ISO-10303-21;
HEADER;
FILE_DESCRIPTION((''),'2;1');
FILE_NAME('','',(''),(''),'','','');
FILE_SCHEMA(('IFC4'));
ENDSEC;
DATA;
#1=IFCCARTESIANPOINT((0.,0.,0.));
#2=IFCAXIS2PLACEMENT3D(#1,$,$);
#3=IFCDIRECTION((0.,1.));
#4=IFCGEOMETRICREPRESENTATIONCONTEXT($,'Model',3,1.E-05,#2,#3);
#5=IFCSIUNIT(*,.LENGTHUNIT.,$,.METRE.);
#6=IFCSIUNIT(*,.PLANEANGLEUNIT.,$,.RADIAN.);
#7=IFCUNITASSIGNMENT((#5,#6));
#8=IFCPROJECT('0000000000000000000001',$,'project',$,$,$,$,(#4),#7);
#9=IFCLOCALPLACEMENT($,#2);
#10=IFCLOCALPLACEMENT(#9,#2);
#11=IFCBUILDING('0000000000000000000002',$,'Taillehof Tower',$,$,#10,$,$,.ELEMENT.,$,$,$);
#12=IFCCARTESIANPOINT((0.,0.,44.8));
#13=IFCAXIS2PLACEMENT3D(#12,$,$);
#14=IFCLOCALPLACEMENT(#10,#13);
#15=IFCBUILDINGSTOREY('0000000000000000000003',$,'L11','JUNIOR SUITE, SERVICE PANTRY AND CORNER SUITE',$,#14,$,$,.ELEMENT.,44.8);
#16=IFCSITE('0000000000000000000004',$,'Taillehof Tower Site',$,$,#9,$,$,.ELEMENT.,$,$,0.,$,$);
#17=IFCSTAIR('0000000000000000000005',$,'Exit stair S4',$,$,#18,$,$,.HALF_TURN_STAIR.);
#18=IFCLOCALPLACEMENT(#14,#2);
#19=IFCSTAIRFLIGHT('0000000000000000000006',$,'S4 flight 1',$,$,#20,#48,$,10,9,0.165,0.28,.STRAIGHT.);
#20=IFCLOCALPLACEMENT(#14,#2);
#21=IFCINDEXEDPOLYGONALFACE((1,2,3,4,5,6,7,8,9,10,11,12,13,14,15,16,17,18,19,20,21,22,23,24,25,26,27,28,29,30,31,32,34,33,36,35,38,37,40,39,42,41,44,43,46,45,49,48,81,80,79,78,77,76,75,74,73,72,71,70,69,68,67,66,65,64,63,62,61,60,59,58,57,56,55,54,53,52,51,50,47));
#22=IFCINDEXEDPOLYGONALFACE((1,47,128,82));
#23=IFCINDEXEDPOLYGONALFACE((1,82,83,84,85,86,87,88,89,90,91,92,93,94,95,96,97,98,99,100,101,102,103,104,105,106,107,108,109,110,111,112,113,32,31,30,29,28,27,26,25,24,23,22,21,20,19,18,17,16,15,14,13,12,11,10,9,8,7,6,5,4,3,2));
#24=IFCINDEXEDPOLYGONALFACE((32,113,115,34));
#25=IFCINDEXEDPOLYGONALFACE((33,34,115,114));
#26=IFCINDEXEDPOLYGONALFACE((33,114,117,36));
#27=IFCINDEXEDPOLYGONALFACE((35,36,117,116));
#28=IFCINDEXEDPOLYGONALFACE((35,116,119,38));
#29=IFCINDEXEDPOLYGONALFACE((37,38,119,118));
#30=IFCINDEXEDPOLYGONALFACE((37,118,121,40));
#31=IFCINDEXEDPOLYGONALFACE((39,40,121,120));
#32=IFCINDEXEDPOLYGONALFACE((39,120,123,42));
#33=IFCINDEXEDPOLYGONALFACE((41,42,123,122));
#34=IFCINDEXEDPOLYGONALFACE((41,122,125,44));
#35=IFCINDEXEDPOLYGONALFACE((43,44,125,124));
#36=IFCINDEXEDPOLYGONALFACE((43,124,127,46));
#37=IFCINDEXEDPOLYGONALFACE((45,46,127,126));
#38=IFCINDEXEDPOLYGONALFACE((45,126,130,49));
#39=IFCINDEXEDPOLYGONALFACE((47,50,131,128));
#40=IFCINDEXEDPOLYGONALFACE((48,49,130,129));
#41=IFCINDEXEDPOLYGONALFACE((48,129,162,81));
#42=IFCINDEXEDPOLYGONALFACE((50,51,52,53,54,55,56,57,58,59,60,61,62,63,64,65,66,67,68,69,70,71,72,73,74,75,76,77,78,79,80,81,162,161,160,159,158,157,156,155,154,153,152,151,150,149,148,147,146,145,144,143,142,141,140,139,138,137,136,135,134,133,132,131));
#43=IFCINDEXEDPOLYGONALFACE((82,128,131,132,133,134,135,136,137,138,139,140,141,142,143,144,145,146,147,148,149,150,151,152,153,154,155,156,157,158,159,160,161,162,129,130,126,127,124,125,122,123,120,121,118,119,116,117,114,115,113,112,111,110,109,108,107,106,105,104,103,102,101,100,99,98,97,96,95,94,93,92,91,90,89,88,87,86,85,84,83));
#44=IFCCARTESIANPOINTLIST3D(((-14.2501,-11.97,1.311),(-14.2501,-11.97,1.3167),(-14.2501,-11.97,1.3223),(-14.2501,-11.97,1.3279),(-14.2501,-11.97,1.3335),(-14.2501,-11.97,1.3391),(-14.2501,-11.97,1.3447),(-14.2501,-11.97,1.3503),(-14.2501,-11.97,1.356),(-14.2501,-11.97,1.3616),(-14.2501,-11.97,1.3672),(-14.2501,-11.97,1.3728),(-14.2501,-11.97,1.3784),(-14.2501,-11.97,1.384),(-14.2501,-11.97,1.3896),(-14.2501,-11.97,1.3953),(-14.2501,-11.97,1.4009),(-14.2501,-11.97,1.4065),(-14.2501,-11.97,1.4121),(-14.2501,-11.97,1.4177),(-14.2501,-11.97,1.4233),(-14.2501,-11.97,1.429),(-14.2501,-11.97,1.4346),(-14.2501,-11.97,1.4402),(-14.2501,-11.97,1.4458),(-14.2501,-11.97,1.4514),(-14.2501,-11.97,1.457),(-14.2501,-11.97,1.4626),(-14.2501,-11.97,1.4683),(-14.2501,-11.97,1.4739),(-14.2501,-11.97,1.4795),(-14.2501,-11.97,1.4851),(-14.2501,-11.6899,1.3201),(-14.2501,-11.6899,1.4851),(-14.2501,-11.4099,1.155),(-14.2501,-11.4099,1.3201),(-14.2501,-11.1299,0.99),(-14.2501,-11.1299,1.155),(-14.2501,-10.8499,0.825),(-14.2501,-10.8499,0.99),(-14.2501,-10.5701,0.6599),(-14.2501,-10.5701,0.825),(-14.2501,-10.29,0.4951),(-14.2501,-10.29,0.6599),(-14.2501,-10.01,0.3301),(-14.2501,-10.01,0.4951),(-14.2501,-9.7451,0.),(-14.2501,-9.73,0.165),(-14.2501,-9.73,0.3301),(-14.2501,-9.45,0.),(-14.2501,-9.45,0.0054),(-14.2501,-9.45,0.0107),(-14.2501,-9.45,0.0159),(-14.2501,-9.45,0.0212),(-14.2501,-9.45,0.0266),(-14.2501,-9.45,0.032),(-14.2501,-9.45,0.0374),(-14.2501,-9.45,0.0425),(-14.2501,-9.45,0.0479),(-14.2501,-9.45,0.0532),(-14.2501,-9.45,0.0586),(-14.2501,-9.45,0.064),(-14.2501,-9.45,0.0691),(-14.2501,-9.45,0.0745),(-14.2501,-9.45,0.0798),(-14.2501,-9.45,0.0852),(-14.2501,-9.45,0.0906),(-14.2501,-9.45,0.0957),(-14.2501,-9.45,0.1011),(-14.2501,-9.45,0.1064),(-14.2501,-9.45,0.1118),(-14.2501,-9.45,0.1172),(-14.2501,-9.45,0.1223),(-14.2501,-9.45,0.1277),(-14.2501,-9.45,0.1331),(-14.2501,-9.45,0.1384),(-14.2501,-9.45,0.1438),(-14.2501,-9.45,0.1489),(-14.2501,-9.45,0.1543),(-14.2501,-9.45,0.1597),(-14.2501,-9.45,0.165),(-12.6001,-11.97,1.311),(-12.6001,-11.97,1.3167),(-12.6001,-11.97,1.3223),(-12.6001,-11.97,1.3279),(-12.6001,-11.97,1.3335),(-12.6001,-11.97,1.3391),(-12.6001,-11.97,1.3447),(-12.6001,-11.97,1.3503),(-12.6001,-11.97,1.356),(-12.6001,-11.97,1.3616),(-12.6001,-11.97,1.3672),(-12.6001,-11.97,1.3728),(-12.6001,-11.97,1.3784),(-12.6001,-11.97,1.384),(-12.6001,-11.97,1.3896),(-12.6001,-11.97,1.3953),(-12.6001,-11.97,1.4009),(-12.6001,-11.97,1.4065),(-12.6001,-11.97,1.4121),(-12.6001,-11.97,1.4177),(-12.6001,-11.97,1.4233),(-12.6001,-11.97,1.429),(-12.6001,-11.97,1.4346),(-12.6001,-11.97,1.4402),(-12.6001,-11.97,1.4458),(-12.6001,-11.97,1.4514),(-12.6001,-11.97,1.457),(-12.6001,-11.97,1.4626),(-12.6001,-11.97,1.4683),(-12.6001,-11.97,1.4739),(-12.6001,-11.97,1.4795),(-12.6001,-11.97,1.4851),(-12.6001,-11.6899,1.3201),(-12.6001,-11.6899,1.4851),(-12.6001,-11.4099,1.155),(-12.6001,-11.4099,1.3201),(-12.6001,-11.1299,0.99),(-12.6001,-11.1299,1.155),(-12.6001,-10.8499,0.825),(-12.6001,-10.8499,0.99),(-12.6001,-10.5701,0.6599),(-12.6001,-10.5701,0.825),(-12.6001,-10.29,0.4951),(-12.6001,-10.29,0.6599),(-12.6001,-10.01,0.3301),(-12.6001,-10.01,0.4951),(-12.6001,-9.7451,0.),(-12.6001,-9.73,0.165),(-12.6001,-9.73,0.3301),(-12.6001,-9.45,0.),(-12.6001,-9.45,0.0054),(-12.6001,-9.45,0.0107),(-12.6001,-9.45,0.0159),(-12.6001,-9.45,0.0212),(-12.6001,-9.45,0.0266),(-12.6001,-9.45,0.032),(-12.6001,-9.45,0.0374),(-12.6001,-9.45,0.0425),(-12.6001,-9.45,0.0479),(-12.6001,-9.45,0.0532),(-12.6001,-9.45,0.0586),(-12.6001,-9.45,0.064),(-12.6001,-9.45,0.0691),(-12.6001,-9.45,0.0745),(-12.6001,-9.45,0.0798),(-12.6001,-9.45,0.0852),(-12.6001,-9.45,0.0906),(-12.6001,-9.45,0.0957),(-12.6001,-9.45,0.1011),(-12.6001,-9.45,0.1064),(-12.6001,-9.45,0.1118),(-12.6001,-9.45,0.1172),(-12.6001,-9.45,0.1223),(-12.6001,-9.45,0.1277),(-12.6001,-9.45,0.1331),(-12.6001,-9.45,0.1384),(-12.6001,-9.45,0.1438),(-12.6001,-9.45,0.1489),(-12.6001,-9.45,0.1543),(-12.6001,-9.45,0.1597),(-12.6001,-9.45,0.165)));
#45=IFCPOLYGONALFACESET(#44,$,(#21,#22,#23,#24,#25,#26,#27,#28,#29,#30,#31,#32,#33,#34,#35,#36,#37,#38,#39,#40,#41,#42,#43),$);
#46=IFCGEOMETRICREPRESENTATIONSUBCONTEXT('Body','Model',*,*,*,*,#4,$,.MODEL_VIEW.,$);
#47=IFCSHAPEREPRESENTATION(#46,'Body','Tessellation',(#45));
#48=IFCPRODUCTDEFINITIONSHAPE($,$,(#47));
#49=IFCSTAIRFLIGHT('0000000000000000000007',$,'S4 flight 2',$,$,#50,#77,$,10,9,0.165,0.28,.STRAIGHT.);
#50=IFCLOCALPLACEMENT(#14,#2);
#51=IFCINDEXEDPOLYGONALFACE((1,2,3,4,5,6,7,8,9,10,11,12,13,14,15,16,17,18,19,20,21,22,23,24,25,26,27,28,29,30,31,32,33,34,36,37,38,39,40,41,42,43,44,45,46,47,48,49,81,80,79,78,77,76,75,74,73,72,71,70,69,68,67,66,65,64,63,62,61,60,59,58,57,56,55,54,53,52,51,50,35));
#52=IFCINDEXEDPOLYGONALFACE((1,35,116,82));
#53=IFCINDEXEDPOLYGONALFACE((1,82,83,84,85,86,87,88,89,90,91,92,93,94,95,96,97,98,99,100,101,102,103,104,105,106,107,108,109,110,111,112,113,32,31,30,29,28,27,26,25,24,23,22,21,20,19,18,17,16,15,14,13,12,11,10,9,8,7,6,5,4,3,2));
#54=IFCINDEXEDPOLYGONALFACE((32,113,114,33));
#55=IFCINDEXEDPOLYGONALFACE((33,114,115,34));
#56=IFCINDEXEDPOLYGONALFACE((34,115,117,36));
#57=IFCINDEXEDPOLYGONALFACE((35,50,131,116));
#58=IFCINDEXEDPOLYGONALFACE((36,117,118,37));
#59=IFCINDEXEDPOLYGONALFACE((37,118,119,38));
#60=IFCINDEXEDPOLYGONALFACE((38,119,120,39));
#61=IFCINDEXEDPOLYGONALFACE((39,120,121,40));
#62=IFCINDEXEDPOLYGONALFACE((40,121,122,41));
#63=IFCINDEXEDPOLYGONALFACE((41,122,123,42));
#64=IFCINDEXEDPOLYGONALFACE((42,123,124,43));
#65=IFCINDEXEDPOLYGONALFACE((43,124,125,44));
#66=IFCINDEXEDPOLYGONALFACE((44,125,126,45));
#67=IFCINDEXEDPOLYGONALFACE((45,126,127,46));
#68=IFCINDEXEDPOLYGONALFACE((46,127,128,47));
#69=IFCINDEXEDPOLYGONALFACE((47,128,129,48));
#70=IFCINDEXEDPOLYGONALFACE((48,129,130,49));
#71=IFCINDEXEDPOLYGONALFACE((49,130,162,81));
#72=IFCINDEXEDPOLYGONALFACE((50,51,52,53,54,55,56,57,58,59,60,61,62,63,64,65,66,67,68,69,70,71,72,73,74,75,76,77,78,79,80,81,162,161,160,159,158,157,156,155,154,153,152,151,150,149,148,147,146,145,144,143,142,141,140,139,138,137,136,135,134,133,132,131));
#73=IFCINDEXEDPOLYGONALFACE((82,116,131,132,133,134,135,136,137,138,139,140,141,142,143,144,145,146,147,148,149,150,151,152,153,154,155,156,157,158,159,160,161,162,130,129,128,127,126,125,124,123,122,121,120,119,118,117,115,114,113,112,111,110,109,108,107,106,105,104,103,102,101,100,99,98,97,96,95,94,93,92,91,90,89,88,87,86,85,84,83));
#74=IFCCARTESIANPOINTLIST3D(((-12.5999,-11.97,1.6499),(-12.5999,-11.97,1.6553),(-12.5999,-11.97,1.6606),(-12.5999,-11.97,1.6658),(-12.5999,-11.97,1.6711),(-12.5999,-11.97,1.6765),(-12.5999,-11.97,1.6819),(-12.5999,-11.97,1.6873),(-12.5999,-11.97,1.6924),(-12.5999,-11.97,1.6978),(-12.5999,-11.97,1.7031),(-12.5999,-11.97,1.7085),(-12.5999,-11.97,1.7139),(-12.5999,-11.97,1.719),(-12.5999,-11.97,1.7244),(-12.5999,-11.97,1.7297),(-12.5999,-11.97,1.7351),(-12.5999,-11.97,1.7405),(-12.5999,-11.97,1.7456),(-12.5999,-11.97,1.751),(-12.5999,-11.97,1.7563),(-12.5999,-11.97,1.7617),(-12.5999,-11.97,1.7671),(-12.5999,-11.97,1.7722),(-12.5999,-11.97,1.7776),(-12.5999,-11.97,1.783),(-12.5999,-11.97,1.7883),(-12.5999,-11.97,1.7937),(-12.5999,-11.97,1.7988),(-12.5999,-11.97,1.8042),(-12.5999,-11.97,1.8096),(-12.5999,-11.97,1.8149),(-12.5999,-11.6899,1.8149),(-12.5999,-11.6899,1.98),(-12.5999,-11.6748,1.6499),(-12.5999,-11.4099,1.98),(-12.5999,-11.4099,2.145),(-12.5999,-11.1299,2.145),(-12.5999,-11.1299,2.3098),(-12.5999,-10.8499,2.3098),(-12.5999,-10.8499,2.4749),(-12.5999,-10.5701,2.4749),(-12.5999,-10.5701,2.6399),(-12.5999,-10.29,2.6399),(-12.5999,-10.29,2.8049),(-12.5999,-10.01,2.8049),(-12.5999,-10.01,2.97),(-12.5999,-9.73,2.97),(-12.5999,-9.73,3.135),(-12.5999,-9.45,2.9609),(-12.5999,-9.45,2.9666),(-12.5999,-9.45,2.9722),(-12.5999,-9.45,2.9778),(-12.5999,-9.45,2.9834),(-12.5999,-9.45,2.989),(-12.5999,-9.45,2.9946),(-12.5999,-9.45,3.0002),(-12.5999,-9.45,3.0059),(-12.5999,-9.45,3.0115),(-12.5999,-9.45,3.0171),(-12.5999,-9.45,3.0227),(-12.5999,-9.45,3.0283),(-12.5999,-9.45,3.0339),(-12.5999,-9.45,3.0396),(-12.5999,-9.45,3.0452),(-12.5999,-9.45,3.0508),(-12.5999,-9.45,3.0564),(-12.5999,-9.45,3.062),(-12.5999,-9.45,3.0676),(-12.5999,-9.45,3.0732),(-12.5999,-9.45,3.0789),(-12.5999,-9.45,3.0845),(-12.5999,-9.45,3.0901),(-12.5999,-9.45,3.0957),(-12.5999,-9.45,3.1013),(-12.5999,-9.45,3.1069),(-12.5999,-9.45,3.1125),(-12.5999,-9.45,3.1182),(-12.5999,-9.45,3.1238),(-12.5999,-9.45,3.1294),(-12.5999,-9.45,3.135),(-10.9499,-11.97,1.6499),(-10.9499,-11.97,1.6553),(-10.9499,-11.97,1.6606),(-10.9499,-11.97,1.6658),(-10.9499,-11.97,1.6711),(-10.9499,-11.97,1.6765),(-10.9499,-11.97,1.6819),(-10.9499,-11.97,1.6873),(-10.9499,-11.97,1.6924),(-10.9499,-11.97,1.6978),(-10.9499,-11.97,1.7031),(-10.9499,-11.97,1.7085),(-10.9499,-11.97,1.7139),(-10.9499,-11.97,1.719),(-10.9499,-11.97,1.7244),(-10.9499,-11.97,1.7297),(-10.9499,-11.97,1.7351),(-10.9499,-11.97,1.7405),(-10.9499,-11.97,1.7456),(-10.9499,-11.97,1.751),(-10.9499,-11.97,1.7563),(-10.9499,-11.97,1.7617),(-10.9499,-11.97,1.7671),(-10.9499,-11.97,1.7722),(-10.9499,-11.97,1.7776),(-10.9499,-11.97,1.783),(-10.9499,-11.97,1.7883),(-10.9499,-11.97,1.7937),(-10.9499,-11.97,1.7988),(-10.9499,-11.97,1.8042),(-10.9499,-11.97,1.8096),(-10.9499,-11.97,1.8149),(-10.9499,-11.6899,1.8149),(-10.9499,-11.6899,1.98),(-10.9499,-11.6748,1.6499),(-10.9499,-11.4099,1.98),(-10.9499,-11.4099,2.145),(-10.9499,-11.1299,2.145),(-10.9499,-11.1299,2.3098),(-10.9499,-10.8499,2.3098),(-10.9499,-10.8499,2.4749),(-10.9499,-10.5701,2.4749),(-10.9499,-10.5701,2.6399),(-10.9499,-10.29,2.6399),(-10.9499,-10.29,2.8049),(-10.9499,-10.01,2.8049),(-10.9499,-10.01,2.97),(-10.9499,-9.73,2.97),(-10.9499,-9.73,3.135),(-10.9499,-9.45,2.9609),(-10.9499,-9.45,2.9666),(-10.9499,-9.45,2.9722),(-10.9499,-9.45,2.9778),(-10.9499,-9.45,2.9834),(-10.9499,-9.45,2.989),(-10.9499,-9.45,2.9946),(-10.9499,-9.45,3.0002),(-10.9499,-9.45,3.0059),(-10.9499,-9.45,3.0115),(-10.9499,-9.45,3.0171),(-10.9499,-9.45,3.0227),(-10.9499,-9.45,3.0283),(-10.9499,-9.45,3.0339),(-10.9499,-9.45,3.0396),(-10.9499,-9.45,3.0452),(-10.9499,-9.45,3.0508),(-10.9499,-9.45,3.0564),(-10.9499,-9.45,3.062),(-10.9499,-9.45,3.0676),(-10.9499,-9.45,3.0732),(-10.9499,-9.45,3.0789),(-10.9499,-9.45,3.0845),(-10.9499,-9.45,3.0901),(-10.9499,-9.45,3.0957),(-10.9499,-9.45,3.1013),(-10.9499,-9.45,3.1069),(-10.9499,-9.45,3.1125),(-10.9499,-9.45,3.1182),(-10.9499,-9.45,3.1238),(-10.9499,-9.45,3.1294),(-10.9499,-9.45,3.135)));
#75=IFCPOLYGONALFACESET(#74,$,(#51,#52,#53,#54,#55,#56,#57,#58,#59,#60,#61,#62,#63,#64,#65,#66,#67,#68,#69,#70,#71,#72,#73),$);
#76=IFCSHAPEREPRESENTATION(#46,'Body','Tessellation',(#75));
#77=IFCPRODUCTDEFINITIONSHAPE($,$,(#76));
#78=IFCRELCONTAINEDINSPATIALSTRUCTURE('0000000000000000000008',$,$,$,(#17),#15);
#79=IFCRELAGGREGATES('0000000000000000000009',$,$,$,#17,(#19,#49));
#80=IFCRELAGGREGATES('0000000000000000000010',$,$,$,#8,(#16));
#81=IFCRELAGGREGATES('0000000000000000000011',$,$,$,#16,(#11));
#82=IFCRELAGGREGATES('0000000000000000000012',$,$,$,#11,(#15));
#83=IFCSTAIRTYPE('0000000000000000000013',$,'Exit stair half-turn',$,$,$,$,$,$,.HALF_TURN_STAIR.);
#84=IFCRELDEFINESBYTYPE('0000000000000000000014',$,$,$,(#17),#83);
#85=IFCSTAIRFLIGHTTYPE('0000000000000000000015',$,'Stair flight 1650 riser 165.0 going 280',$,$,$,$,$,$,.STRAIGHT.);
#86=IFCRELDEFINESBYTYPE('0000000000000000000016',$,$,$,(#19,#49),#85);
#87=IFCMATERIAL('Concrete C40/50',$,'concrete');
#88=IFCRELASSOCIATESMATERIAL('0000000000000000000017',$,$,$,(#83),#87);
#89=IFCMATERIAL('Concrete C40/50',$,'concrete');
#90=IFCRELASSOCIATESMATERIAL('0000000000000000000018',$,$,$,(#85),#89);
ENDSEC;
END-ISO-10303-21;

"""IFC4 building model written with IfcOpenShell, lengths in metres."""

from ifc_helpers import new_model, si_unit, direction, frame, origin, place, context, subcontext, project, spatial, polyline, outline, extrude, material, type_object, element, aggregate, save


model = new_model("IFC4")

# Units and contexts
model_context = context("Model", 3, precision=1e-05, world=origin(), true_north=direction((0.0, 1.0)))
body_context = subcontext(model_context, "Body", "Model", "MODEL_VIEW")
ifc_project = project(units=[si_unit("LENGTHUNIT", "METRE"), si_unit("PLANEANGLEUNIT", "RADIAN")], contexts=[model_context])

# Site, building, storey
site_placement = place(None, origin())
site = spatial("IfcSite", under=ifc_project, at=site_placement, Name="Taillehof Tower Site", CompositionType="ELEMENT", RefElevation=0.0)
building_placement = place(site_placement, origin())
building = spatial("IfcBuilding", under=site, at=building_placement, Name="Taillehof Tower", CompositionType="ELEMENT")
storey_placement = place(building_placement, frame((0.0, 0.0, 44.8)))
storey = spatial("IfcBuildingStorey", under=building, at=storey_placement, Name="L11", Description="JUNIOR SUITE, SERVICE PANTRY AND CORNER SUITE", CompositionType="ELEMENT", Elevation=44.8)

# Stair, stair flights
ifc_material_1 = material(Name="Concrete C40/50", Category="concrete")
stair_type = type_object("IfcStairType", Name="Exit stair half-turn", PredefinedType="HALF_TURN_STAIR", material=ifc_material_1)
stair_placement = place(storey_placement, origin())
stair = element("IfcStair", 1, at=stair_placement, inside=storey, type_object=stair_type, Name="Exit stair S4", PredefinedType="HALF_TURN_STAIR")
ifc_material_2 = material(Name="Concrete C40/50", Category="concrete")
stair_flight_type = type_object("IfcStairFlightType", Name="Stair flight 1650 riser 165.0 going 280", PredefinedType="STRAIGHT", material=ifc_material_2)
stair_flight_1_placement = place(storey_placement, frame((-13.425, -9.45, 0.0), z_axis=(0.0, 0.0, 1.0), x_axis=(0.0, -1.0, 0.0)))
stair_flight_1 = element("IfcStairFlight", 2, at=stair_flight_1_placement, type_object=stair_flight_type, Name="S4 flight 1", NumberOfRisers=10, NumberOfTreads=9, PredefinedType="STRAIGHT", RiserHeight=0.165, TreadLength=0.28, context=body_context, shape_type="SweptSolid", body=[
    extrude(outline(polyline([(0.0, 0.0), (0.0, 0.0054), (0.0, 0.0107), (0.0, 0.0159), (0.0, 0.0212), (0.0, 0.0266), (0.0, 0.032), (0.0, 0.0374), (0.0, 0.0425), (0.0, 0.0479), (0.0, 0.0532), (0.0, 0.0586), (0.0, 0.064), (0.0, 0.0691), (0.0, 0.0745), (0.0, 0.0798), (0.0, 0.0852), (0.0, 0.0906), (0.0, 0.0957), (0.0, 0.1011), (0.0, 0.1064), (0.0, 0.1118), (0.0, 0.1172), (0.0, 0.1223), (0.0, 0.1277), (0.0, 0.1331), (0.0, 0.1384), (0.0, 0.1438), (0.0, 0.1489), (0.0, 0.1543), (0.0, 0.1597), (0.0, 0.165), (0.28, 0.165), (0.28, 0.3301), (0.5601, 0.3301), (0.5601, 0.4951), (0.8401, 0.4951), (0.8401, 0.6599), (1.1201, 0.6599), (1.1201, 0.825), (1.3999, 0.825), (1.3999, 0.99), (1.6799, 0.99), (1.6799, 1.155), (1.96, 1.155), (1.96, 1.3201), (2.24, 1.3201), (2.24, 1.4851), (2.52, 1.4851), (2.52, 1.4795), (2.52, 1.4739), (2.52, 1.4683), (2.52, 1.4626), (2.52, 1.457), (2.52, 1.4514), (2.52, 1.4458), (2.52, 1.4402), (2.52, 1.4346), (2.52, 1.429), (2.52, 1.4233), (2.52, 1.4177), (2.52, 1.4121), (2.52, 1.4065), (2.52, 1.4009), (2.52, 1.3953), (2.52, 1.3896), (2.52, 1.384), (2.52, 1.3784), (2.52, 1.3728), (2.52, 1.3672), (2.52, 1.3616), (2.52, 1.356), (2.52, 1.3503), (2.52, 1.3447), (2.52, 1.3391), (2.52, 1.3335), (2.52, 1.3279), (2.52, 1.3223), (2.52, 1.3167), (2.52, 1.311), (0.2952, 0.0), (0.0, 0.0)])), frame((0.0, 0.825, 0.0), z_axis=(0.0, -1.0, 0.0), x_axis=(1.0, 0.0, 0.0)), (0.0, 0.0, 1.0), 1.65),
])
stair_flight_2_placement = place(storey_placement, frame((-11.7749, -11.97, 1.6499), z_axis=(0.0, 0.0, 1.0), x_axis=(0.0, 1.0, 0.0)))
stair_flight_2 = element("IfcStairFlight", 3, at=stair_flight_2_placement, type_object=stair_flight_type, Name="S4 flight 2", NumberOfRisers=10, NumberOfTreads=9, PredefinedType="STRAIGHT", RiserHeight=0.165, TreadLength=0.28, context=body_context, shape_type="SweptSolid", body=[
    extrude(outline(polyline([(0.0, 0.0), (0.0, 0.0054), (0.0, 0.0107), (0.0, 0.0159), (0.0, 0.0212), (0.0, 0.0266), (0.0, 0.032), (0.0, 0.0374), (0.0, 0.0425), (0.0, 0.0479), (0.0, 0.0532), (0.0, 0.0586), (0.0, 0.064), (0.0, 0.0691), (0.0, 0.0745), (0.0, 0.0798), (0.0, 0.0852), (0.0, 0.0906), (0.0, 0.0957), (0.0, 0.1011), (0.0, 0.1064), (0.0, 0.1118), (0.0, 0.1172), (0.0, 0.1223), (0.0, 0.1277), (0.0, 0.1331), (0.0, 0.1384), (0.0, 0.1438), (0.0, 0.1489), (0.0, 0.1543), (0.0, 0.1597), (0.0, 0.165), (0.28, 0.165), (0.28, 0.3301), (0.5601, 0.3301), (0.5601, 0.4951), (0.8401, 0.4951), (0.8401, 0.6599), (1.1201, 0.6599), (1.1201, 0.825), (1.3999, 0.825), (1.3999, 0.99), (1.6799, 0.99), (1.6799, 1.155), (1.96, 1.155), (1.96, 1.3201), (2.24, 1.3201), (2.24, 1.4851), (2.52, 1.4851), (2.52, 1.4795), (2.52, 1.4739), (2.52, 1.4683), (2.52, 1.4626), (2.52, 1.457), (2.52, 1.4514), (2.52, 1.4458), (2.52, 1.4402), (2.52, 1.4346), (2.52, 1.429), (2.52, 1.4233), (2.52, 1.4177), (2.52, 1.4121), (2.52, 1.4065), (2.52, 1.4009), (2.52, 1.3953), (2.52, 1.3896), (2.52, 1.384), (2.52, 1.3784), (2.52, 1.3728), (2.52, 1.3672), (2.52, 1.3616), (2.52, 1.356), (2.52, 1.3503), (2.52, 1.3447), (2.52, 1.3391), (2.52, 1.3335), (2.52, 1.3279), (2.52, 1.3223), (2.52, 1.3167), (2.52, 1.311), (0.2952, 0.0), (0.0, 0.0)])), frame((0.0, 0.825, 0.0), z_axis=(0.0, -1.0, 0.0), x_axis=(1.0, 0.0, 0.0)), (0.0, 0.0, 1.0), 1.65),
])
aggregate(stair, [stair_flight_1, stair_flight_2])

save(model, "model.ifc")
